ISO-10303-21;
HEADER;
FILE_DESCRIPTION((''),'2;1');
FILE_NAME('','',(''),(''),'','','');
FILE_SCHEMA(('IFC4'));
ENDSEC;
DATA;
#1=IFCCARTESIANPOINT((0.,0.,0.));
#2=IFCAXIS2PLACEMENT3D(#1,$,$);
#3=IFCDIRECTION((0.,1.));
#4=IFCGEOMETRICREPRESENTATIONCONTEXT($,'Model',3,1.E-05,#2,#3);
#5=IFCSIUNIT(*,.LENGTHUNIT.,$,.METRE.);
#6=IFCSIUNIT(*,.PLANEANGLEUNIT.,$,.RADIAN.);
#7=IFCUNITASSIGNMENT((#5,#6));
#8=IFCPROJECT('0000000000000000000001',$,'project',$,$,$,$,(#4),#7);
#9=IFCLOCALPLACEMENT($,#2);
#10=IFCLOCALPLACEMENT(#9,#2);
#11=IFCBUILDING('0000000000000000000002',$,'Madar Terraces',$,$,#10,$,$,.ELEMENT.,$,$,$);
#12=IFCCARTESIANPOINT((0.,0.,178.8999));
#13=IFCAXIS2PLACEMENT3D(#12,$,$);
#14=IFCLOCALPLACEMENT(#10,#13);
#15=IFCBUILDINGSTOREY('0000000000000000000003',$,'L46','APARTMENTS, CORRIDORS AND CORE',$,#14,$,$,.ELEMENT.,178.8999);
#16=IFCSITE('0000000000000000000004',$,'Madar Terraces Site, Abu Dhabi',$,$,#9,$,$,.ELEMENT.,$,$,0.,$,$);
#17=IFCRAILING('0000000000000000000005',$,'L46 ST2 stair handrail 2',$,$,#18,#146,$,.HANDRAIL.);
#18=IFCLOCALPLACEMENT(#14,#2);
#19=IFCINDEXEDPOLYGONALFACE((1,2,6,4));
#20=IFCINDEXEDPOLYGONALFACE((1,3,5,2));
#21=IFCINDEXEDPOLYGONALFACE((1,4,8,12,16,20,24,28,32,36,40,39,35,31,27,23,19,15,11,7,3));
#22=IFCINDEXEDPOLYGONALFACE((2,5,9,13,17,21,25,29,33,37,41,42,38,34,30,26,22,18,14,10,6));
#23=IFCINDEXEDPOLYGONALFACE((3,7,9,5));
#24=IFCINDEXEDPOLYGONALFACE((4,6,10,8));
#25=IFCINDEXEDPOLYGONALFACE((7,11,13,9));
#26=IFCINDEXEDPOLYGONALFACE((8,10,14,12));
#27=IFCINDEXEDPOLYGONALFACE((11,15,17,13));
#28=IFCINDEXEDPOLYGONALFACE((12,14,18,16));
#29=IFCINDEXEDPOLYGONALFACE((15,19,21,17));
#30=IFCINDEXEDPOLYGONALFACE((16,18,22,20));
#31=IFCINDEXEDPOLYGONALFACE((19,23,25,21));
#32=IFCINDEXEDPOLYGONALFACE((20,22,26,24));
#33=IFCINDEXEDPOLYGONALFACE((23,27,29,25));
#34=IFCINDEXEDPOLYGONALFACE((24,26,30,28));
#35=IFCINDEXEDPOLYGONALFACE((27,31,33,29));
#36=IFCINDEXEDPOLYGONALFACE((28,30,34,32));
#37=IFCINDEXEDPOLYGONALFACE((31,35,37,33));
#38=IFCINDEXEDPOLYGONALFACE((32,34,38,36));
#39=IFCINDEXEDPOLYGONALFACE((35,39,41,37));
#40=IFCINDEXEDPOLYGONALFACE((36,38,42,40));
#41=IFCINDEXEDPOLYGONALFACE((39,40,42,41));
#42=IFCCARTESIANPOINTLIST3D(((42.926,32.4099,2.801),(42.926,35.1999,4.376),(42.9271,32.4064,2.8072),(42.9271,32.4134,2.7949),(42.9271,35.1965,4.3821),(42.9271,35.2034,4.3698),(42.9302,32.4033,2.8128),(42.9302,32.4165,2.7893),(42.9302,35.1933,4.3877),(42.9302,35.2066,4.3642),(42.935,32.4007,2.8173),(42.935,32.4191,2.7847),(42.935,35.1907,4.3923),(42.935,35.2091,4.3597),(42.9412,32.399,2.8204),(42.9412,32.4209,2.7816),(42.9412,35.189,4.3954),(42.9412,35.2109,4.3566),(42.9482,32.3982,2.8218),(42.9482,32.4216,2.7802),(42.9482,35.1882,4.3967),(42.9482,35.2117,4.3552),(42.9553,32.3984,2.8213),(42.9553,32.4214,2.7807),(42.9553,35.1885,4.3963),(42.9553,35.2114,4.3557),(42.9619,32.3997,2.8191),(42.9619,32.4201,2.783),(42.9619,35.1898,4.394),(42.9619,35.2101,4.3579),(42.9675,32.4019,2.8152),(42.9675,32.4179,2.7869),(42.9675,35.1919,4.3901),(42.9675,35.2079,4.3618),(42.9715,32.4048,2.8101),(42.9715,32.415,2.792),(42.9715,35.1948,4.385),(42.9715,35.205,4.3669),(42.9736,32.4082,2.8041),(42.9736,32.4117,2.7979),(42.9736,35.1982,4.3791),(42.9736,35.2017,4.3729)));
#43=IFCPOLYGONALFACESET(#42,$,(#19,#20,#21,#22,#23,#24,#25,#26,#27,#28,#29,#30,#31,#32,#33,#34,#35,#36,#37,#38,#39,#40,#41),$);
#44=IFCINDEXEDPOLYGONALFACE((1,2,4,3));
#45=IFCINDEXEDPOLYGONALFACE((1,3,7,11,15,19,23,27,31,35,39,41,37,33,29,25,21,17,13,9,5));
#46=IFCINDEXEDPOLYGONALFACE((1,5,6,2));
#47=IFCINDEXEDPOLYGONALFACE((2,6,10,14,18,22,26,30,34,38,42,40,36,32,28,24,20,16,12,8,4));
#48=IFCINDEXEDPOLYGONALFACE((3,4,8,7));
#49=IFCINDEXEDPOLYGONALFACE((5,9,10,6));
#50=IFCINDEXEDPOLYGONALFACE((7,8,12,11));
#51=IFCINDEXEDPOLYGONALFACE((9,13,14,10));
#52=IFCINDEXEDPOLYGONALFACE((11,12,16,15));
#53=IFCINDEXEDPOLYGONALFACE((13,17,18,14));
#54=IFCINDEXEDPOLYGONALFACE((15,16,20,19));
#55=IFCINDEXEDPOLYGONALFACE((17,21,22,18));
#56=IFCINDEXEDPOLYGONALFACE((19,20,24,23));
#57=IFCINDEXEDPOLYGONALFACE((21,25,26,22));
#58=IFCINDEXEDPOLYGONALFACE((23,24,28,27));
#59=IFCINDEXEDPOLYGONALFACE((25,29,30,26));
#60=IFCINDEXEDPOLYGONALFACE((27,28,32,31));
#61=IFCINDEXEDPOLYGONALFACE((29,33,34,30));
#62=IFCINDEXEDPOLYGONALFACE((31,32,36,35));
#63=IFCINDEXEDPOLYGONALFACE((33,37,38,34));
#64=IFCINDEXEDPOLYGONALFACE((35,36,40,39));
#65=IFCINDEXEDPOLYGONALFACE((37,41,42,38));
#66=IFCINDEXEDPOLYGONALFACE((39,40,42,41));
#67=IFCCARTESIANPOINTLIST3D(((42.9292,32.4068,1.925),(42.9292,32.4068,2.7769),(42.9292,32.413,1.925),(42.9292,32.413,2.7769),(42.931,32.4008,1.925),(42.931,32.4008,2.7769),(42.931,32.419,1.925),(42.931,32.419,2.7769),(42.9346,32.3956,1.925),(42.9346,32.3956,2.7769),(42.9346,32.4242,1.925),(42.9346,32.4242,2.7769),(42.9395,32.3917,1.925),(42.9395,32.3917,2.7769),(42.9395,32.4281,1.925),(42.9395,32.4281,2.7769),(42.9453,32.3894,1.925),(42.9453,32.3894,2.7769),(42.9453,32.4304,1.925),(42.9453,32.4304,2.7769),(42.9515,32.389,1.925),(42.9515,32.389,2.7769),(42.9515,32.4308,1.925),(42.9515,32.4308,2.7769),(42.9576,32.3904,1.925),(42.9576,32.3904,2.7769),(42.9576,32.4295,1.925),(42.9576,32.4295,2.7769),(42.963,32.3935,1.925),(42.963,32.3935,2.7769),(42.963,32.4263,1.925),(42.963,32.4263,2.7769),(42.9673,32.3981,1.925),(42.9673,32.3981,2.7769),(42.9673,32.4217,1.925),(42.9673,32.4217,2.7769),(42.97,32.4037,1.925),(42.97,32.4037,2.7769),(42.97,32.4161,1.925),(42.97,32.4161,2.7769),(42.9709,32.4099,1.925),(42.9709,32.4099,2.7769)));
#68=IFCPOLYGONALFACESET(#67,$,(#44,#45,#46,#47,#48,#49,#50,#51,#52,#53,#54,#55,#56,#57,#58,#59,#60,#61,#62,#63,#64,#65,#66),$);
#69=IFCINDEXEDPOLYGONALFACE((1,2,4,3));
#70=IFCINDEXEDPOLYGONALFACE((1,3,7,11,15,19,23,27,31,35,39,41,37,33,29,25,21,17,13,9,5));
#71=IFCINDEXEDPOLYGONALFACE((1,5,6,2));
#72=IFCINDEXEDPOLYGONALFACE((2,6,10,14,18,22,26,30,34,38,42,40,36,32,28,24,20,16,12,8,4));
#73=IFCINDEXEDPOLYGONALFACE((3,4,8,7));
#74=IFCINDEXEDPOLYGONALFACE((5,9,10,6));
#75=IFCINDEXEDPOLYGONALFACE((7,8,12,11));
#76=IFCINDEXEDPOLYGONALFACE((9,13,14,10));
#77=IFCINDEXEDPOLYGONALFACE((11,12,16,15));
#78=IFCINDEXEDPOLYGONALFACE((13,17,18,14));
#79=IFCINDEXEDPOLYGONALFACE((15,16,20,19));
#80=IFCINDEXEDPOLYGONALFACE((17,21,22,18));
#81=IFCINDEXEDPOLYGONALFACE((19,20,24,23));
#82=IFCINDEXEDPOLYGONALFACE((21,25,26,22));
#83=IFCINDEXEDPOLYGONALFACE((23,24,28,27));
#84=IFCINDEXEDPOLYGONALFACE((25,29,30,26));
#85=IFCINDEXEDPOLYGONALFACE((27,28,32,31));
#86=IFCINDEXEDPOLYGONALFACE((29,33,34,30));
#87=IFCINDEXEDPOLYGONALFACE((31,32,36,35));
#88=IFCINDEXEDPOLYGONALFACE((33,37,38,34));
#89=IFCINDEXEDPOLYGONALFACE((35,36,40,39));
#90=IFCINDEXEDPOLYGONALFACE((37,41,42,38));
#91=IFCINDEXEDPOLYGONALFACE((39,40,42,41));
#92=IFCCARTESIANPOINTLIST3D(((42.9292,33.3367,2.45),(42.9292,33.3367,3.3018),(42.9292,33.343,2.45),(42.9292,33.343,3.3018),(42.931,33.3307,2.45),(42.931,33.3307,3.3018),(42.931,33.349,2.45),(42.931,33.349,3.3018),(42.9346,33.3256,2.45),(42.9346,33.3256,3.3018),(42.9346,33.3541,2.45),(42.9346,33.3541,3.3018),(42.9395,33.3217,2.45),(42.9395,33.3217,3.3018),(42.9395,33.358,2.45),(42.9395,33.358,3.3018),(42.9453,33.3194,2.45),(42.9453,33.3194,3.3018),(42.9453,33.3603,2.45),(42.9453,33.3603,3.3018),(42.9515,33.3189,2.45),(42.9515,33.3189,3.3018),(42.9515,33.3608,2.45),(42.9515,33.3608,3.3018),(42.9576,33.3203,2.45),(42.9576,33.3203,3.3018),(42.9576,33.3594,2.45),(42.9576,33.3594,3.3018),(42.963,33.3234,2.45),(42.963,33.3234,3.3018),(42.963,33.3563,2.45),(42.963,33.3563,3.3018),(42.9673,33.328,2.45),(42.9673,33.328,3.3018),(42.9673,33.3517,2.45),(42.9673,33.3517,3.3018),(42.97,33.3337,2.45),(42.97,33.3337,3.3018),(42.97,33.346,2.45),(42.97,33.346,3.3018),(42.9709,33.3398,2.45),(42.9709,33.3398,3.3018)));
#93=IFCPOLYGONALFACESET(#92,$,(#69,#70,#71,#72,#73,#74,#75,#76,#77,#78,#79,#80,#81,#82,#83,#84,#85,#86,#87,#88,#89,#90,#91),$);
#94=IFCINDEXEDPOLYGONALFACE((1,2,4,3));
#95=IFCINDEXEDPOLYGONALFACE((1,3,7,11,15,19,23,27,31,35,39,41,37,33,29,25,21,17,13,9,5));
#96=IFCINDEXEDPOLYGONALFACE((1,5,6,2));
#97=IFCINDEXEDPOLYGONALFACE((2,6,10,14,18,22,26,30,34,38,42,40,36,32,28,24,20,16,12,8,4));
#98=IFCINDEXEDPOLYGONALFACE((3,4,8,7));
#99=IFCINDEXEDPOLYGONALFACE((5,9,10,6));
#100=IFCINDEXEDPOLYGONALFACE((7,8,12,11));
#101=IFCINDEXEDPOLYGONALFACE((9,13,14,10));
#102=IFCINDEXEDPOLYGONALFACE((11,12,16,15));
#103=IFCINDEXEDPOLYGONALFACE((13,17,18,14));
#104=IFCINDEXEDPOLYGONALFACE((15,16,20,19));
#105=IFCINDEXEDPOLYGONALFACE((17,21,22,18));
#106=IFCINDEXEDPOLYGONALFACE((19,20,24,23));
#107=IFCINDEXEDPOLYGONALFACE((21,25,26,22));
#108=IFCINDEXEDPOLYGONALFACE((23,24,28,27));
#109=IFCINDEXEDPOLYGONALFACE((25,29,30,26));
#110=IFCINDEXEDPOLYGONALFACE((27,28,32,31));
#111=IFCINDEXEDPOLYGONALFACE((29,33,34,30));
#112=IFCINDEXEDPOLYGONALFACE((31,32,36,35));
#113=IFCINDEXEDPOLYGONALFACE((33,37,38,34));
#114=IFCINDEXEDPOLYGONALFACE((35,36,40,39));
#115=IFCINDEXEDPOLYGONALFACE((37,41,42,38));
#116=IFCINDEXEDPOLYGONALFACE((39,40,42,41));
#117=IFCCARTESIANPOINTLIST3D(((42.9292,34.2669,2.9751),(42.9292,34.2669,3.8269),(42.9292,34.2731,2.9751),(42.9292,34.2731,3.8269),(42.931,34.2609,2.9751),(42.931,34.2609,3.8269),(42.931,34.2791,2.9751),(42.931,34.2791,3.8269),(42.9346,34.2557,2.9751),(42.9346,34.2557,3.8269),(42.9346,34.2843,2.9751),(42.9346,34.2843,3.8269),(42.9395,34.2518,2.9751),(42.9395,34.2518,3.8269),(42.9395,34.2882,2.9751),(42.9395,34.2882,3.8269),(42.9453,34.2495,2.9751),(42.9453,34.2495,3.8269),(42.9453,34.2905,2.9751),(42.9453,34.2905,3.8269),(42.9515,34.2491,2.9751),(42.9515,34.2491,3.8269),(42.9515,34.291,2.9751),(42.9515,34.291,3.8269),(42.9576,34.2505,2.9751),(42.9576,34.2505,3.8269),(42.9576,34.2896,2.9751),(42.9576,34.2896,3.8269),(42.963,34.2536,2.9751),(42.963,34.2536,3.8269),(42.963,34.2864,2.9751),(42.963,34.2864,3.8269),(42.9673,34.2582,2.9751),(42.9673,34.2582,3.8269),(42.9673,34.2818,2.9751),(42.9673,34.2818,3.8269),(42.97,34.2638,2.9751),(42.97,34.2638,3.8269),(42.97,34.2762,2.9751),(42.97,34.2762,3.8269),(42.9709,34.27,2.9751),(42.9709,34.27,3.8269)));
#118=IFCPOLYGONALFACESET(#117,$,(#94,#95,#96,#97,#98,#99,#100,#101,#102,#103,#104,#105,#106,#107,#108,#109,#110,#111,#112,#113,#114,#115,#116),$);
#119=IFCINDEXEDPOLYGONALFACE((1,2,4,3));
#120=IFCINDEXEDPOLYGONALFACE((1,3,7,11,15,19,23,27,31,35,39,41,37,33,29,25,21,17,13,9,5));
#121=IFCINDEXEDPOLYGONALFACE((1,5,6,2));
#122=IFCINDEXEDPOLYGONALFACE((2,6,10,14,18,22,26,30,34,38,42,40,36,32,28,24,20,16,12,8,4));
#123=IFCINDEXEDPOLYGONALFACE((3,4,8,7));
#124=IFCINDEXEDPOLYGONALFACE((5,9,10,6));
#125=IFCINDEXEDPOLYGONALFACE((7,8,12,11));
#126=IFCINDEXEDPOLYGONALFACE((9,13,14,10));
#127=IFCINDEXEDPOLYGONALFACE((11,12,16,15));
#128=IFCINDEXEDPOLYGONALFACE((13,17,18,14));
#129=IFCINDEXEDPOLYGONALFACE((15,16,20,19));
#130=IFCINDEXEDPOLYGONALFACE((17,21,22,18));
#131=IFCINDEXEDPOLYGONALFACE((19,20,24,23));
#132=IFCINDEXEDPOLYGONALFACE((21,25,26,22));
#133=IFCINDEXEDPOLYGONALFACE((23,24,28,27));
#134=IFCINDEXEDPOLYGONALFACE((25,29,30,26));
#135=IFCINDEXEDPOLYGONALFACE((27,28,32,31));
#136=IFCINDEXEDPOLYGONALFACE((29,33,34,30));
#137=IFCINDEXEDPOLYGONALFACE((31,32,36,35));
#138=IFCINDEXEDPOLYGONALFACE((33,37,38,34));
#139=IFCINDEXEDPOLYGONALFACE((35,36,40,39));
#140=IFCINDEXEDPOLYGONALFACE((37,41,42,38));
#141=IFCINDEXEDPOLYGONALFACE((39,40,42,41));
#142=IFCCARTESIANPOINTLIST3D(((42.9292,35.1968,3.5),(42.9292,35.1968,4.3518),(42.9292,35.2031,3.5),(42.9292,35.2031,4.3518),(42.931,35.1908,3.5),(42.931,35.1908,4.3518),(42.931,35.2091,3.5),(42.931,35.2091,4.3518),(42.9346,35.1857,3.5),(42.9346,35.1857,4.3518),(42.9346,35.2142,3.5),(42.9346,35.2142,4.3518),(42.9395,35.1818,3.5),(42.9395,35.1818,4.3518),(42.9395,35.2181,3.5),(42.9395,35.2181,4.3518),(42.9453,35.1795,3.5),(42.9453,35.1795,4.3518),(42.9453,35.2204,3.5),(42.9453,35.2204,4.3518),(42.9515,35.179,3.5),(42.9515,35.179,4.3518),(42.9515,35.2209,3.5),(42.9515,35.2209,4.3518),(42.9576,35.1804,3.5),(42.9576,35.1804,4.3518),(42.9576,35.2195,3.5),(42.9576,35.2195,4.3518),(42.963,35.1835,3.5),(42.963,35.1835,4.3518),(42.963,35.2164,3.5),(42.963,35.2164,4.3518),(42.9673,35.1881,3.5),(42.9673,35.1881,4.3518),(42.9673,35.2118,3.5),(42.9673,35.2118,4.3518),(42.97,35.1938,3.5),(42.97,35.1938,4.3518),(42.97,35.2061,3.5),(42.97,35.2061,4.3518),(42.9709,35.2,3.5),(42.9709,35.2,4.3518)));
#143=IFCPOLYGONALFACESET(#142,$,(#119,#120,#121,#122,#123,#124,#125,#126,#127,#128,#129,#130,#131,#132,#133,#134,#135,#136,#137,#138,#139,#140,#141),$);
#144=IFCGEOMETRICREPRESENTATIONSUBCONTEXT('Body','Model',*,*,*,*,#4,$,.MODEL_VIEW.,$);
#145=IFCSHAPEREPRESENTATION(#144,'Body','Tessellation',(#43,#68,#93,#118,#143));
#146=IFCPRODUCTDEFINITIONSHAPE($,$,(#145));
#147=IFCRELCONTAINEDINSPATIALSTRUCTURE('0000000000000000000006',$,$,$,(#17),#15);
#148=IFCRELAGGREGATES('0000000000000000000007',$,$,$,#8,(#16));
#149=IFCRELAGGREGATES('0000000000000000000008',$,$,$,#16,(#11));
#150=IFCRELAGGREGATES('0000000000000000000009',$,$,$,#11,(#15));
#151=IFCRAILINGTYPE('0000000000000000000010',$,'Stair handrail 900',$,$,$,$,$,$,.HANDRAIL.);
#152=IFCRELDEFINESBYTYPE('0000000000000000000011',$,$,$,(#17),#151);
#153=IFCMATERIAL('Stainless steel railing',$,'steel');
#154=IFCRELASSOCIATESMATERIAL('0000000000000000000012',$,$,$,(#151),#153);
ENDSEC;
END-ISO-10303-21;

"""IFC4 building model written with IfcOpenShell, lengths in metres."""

from ifc_helpers import new_model, si_unit, direction, frame, origin, origin_2d, place, context, subcontext, project, spatial, circle, extrude, material, type_object, element, save


model = new_model("IFC4")

# Units and contexts
model_context = context("Model", 3, precision=1e-05, world=origin(), true_north=direction((0.0, 1.0)))
body_context = subcontext(model_context, "Body", "Model", "MODEL_VIEW")
ifc_project = project(units=[si_unit("LENGTHUNIT", "METRE"), si_unit("PLANEANGLEUNIT", "RADIAN")], contexts=[model_context])

# Site, building, storey
site_placement = place(None, origin())
site = spatial("IfcSite", under=ifc_project, at=site_placement, Name="Madar Terraces Site, Abu Dhabi", CompositionType="ELEMENT", RefElevation=0.0)
building_placement = place(site_placement, origin())
building = spatial("IfcBuilding", under=site, at=building_placement, Name="Madar Terraces", CompositionType="ELEMENT")
storey_placement = place(building_placement, frame((0.0, 0.0, 178.8999)))
storey = spatial("IfcBuildingStorey", under=building, at=storey_placement, Name="L46", Description="APARTMENTS, CORRIDORS AND CORE", CompositionType="ELEMENT", Elevation=178.8999)

# Railing
ifc_material_1 = material(Name="Stainless steel railing", Category="steel")
railing_type_1 = type_object("IfcRailingType", Name="Stair handrail 900", PredefinedType="HANDRAIL", material=ifc_material_1)
railing_1_placement = place(storey_placement, frame((42.95, 32.4099, 1.925)))
element("IfcRailing", 1, at=railing_1_placement, inside=storey, type_object=railing_type_1, Name="L46 ST2 stair handrail 2", PredefinedType="HANDRAIL", context=body_context, shape_type="SweptSolid", body=[
    extrude(circle(Radius=0.0239, at=origin_2d()), frame((0.0, 0.0, 0.876), z_axis=(0.0, 0.870834, 0.491578), x_axis=(-1.0, 0.0, 0.0)), (0.0, 0.0, 1.0), 3.2039),
    extrude(circle(Radius=0.021, at=origin_2d()), origin(), (0.0, 0.0, 1.0), 0.8518),
    extrude(circle(Radius=0.021, at=origin_2d()), frame((0.0, 0.9299, 0.5249)), (0.0, 0.0, 1.0), 0.8518),
    extrude(circle(Radius=0.021, at=origin_2d()), frame((0.0, 1.8601, 1.05)), (0.0, 0.0, 1.0), 0.8518),
    extrude(circle(Radius=0.021, at=origin_2d()), frame((0.0, 2.79, 1.575)), (0.0, 0.0, 1.0), 0.8518),
])

save(model, "model.ifc")
